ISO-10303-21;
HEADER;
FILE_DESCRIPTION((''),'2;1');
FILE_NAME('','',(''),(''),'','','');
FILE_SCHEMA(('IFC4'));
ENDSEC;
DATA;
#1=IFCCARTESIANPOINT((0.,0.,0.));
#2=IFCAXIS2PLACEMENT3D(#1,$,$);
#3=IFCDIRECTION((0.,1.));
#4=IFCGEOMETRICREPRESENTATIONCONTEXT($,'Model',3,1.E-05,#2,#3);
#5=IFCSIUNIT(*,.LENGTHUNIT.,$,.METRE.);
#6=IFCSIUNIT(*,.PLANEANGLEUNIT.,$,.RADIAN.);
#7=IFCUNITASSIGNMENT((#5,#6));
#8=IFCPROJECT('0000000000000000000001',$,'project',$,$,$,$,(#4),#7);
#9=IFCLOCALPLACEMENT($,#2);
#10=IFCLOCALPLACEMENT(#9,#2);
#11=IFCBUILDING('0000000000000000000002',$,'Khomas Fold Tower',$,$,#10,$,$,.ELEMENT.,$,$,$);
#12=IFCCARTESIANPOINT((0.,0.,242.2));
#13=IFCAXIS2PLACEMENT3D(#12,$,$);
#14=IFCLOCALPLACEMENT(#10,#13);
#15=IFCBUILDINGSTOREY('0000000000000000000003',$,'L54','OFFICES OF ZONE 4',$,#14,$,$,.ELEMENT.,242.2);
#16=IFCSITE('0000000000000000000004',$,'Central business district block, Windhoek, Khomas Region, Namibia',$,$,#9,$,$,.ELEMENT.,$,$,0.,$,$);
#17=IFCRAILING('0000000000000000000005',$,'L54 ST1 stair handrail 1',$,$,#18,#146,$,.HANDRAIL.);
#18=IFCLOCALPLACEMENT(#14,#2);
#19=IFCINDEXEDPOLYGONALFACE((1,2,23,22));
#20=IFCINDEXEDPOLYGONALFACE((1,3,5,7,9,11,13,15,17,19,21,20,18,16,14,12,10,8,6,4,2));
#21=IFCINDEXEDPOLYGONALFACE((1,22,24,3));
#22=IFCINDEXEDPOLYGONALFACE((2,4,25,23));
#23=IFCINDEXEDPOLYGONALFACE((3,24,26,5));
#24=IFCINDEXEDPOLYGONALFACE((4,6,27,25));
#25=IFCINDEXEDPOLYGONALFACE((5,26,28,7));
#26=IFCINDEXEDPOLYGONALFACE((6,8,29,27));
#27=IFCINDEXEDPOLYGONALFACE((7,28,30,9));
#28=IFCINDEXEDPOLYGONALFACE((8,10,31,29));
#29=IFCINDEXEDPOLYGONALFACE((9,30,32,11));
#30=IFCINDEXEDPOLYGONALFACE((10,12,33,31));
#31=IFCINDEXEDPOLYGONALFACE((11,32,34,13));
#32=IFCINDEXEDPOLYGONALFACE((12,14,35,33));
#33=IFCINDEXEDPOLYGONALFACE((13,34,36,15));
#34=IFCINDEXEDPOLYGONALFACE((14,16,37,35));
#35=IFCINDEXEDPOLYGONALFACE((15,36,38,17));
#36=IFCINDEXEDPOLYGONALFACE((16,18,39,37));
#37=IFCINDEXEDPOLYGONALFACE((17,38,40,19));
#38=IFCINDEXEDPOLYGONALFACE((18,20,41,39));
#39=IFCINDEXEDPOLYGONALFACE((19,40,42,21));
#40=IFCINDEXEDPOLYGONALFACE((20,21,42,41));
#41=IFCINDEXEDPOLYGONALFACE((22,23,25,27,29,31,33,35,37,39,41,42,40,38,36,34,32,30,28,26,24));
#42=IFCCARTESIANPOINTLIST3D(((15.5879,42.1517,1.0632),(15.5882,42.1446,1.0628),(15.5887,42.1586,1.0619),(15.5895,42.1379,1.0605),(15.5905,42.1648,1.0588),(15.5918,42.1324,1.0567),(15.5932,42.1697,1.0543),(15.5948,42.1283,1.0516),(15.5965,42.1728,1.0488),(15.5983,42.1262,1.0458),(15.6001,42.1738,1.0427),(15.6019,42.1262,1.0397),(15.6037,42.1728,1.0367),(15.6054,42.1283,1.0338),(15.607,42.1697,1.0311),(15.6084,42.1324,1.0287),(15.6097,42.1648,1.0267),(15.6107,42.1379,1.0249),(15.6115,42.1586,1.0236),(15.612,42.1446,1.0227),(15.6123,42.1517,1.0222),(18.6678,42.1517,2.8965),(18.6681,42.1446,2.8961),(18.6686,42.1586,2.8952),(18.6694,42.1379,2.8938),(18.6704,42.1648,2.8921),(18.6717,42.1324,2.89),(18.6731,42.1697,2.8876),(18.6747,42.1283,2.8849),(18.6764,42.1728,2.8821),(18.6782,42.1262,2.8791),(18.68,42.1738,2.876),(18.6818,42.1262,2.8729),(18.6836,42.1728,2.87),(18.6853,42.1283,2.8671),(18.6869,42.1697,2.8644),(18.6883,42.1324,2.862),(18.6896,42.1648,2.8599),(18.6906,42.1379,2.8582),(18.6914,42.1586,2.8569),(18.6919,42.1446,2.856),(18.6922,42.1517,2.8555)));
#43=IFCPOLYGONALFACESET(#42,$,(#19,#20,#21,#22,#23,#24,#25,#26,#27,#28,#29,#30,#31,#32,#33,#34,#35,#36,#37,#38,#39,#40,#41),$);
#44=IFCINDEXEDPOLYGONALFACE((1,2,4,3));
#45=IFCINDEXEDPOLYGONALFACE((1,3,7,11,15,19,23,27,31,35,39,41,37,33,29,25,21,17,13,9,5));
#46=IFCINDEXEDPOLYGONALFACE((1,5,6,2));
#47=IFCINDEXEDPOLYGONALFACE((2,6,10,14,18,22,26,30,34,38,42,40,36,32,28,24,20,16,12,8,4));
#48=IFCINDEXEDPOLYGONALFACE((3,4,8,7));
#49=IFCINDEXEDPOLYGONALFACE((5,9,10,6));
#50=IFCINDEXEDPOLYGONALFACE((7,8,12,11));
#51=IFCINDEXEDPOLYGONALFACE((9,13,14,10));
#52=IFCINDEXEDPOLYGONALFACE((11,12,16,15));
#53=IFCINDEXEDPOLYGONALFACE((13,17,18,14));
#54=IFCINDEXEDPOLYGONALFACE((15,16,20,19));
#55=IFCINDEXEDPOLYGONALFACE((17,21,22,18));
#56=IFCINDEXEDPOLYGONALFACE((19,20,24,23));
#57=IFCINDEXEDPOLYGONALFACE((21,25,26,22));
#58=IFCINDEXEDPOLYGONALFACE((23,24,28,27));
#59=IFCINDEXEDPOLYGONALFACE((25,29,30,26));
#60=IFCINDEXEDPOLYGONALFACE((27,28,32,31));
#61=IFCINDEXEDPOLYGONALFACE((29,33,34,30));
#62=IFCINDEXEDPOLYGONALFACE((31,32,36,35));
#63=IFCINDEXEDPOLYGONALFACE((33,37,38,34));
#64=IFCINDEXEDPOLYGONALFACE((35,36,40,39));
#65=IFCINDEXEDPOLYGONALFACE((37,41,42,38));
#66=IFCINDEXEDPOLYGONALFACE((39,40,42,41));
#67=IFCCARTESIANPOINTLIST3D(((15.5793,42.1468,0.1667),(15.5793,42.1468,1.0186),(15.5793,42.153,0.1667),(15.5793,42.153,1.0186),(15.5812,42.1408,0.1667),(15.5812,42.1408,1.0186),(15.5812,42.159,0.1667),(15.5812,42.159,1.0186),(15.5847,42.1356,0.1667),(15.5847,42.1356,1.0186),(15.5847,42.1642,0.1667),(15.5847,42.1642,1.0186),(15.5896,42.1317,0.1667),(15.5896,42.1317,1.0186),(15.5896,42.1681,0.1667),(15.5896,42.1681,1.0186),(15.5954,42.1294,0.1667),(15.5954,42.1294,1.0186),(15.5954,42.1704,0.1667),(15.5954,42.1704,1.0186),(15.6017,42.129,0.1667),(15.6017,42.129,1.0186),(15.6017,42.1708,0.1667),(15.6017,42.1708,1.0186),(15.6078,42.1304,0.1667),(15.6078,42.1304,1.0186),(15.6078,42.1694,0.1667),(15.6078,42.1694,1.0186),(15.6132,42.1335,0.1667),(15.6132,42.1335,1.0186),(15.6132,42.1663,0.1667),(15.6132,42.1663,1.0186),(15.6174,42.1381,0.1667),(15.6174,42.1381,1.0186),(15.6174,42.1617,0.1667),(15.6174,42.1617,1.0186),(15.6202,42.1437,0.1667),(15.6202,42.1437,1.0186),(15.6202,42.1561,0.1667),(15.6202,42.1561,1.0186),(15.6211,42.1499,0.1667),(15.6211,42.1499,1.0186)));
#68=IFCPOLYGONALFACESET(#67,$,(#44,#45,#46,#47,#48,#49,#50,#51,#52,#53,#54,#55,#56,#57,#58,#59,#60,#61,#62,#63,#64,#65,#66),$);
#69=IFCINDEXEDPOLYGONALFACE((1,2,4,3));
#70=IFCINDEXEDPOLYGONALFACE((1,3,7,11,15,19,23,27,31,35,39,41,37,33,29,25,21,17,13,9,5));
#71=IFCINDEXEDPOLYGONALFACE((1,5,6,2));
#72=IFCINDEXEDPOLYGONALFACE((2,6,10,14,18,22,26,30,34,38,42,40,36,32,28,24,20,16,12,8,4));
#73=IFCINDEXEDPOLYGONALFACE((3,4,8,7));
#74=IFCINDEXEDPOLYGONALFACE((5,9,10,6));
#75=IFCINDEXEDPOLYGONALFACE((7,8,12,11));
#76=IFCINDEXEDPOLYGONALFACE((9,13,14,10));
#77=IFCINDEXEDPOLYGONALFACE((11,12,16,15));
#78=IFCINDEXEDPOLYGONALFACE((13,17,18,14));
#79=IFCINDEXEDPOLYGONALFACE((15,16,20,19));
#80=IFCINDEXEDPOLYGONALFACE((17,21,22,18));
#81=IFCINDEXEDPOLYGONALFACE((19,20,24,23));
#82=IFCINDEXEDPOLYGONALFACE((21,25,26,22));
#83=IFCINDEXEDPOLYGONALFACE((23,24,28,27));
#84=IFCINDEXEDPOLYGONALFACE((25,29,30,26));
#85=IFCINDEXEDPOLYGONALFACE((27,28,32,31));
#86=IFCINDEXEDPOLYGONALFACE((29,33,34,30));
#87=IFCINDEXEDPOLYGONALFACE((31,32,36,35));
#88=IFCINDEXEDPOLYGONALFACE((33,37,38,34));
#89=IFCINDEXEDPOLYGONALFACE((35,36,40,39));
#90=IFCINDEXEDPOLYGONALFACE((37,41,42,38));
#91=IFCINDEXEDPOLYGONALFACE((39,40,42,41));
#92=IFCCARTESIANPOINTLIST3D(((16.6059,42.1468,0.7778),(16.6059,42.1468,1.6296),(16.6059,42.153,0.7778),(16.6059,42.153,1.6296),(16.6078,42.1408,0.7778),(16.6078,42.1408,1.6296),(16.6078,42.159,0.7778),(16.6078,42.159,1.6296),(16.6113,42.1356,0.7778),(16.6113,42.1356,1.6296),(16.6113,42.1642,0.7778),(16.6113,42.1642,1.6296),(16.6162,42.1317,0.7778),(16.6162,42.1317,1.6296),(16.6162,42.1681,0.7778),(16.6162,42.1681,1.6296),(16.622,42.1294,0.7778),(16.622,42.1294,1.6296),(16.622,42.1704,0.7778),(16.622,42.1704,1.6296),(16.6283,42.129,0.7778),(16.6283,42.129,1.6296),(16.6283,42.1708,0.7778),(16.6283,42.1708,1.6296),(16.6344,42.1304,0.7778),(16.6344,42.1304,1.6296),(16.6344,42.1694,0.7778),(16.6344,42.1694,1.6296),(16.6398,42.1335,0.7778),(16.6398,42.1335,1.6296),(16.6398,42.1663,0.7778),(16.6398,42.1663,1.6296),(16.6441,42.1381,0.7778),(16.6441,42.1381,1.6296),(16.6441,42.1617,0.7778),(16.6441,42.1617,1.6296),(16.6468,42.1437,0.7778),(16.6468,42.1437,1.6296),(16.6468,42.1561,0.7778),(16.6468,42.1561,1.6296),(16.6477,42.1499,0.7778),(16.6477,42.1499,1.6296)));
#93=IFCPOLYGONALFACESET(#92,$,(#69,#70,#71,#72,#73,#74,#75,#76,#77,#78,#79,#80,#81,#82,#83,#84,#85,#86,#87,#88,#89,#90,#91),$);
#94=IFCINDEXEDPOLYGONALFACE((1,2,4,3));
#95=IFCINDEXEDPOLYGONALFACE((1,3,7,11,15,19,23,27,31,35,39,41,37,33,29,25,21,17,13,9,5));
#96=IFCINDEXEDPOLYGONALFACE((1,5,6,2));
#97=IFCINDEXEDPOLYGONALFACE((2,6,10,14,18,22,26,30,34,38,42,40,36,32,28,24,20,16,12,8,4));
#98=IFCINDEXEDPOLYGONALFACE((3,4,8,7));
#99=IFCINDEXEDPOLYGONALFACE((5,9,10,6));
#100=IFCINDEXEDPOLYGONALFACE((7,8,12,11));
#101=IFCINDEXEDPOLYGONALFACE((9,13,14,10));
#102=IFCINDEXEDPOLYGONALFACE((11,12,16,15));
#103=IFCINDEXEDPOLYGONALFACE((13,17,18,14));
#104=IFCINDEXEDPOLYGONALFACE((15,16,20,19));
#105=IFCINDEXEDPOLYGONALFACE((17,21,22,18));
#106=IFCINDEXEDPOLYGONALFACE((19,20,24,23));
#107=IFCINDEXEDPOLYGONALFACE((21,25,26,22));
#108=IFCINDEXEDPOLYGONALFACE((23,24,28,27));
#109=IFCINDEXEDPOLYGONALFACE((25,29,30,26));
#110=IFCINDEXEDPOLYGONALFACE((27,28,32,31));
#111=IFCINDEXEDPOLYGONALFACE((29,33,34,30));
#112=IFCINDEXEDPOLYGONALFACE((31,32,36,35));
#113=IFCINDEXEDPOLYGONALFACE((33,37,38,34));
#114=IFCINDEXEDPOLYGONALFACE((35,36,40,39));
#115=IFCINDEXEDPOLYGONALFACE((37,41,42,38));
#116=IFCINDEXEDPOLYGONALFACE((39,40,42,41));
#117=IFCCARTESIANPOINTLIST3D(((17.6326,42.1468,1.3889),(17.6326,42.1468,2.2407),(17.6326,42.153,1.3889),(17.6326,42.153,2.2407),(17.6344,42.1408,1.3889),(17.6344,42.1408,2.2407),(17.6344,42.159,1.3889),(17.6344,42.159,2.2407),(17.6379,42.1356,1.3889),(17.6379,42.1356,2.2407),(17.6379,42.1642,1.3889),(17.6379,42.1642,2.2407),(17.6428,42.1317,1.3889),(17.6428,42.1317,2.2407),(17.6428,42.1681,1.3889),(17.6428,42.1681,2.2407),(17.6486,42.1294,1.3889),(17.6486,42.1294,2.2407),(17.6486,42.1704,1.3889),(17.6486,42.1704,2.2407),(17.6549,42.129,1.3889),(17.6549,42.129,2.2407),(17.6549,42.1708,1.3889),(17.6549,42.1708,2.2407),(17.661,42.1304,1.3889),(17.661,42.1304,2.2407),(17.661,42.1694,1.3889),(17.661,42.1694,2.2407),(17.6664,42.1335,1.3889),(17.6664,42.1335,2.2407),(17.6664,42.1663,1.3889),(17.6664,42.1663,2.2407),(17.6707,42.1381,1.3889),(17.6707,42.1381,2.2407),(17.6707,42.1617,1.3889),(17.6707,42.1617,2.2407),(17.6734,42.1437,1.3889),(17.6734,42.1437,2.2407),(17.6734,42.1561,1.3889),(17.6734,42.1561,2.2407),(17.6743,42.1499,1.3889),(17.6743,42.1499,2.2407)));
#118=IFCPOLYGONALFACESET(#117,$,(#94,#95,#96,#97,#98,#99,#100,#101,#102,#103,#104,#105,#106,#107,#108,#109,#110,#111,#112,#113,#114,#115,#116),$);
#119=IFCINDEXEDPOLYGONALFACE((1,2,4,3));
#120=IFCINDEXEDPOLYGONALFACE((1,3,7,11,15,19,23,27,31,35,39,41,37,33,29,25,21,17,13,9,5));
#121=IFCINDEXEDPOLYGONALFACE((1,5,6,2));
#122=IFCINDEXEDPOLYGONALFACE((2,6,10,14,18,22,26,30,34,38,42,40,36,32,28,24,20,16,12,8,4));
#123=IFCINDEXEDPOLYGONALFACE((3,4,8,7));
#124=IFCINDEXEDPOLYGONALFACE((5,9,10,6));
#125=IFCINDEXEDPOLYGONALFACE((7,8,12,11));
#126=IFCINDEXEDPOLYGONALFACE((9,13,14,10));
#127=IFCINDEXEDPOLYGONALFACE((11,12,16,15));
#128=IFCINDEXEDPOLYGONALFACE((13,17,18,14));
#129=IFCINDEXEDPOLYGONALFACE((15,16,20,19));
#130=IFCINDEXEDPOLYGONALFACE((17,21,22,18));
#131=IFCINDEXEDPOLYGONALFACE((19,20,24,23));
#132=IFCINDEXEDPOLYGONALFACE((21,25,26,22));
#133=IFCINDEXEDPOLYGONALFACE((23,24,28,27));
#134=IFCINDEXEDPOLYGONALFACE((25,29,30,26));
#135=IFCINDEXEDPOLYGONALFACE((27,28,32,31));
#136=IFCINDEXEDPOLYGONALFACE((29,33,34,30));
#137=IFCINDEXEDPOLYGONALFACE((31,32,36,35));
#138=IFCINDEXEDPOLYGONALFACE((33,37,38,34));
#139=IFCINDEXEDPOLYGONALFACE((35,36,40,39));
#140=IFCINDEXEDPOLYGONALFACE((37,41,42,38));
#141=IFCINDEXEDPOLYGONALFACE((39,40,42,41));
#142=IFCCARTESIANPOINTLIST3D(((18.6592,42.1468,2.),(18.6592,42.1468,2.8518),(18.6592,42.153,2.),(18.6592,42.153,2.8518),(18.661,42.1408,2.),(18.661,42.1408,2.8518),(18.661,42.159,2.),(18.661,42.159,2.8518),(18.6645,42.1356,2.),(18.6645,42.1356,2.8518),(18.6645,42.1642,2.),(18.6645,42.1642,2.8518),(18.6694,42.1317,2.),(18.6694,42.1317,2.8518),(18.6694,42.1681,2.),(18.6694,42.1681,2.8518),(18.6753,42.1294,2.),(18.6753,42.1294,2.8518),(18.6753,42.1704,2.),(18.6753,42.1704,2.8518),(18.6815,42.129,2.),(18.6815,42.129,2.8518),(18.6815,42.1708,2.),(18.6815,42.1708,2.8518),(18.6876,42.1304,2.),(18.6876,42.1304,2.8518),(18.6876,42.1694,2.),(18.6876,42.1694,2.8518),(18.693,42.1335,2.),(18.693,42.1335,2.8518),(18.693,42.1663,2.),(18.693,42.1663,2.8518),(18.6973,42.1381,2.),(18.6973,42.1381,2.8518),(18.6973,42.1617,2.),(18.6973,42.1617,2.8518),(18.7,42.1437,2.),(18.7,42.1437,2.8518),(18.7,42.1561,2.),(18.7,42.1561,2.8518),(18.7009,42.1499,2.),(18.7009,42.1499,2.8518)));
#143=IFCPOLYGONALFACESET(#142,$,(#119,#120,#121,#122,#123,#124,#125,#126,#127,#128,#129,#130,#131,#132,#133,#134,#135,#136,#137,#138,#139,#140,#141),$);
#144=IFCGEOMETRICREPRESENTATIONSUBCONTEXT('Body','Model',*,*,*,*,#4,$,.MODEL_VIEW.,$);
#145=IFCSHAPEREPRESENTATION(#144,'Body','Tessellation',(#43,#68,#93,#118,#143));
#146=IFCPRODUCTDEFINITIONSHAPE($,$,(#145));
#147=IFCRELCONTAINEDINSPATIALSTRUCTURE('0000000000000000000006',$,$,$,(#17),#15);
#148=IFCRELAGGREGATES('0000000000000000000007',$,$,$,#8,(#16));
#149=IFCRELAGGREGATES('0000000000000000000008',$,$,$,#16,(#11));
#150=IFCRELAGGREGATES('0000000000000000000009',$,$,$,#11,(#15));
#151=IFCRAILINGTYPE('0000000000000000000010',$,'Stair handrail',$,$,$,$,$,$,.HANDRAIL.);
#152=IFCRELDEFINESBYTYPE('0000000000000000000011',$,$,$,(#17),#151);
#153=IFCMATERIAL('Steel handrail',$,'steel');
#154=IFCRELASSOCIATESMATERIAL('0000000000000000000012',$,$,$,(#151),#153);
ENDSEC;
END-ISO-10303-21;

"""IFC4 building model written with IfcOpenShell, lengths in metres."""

from ifc_helpers import new_model, si_unit, direction, frame, origin, origin_2d, place, context, subcontext, project, spatial, circle, extrude, source, transform, mapped, material, type_object, element, save


model = new_model("IFC4")

# Units and contexts
model_context = context("Model", 3, precision=1e-05, world=origin(), true_north=direction((0.0, 1.0)))
body_context = subcontext(model_context, "Body", "Model", "MODEL_VIEW")
ifc_project = project(units=[si_unit("LENGTHUNIT", "METRE"), si_unit("PLANEANGLEUNIT", "RADIAN")], contexts=[model_context])

# Site, building, storey
site_placement = place(None, origin())
site = spatial("IfcSite", under=ifc_project, at=site_placement, Name="Central business district block, Windhoek, Khomas Region, Namibia", CompositionType="ELEMENT", RefElevation=0.0)
building_placement = place(site_placement, origin())
building = spatial("IfcBuilding", under=site, at=building_placement, Name="Khomas Fold Tower", CompositionType="ELEMENT")
storey_placement = place(building_placement, frame((0.0, 0.0, 242.2)))
storey = spatial("IfcBuildingStorey", under=building, at=storey_placement, Name="L54", Description="OFFICES OF ZONE 4", CompositionType="ELEMENT", Elevation=242.2)

# Railing
ifc_material_1 = material(Name="Steel handrail", Category="steel")
railing_type_1 = type_object("IfcRailingType", Name="Stair handrail", PredefinedType="HANDRAIL", material=ifc_material_1)
shared_shape_1 = source(origin(), body_context, "Body", "SweptSolid", [
    extrude(circle(Radius=0.0239, at=origin_2d()), frame((0.0, 0.0, 0.876), z_axis=(0.859291, 0.0, 0.511487), x_axis=(0.0, 1.0, 0.0)), (0.0, 0.0, 1.0), 3.5842),
    extrude(circle(Radius=0.021, at=origin_2d()), origin(), (0.0, 0.0, 1.0), 0.8518),
    extrude(circle(Radius=0.021, at=origin_2d()), frame((1.0266, 0.0, 0.6111)), (0.0, 0.0, 1.0), 0.8518),
    extrude(circle(Radius=0.021, at=origin_2d()), frame((2.0532, 0.0, 1.2222)), (0.0, 0.0, 1.0), 0.8518),
    extrude(circle(Radius=0.021, at=origin_2d()), frame((3.0798, 0.0, 1.8333)), (0.0, 0.0, 1.0), 0.8518),
])
railing_1_placement = place(storey_placement, frame((15.6001, 42.1499, 0.1667)))
element("IfcRailing", 1, at=railing_1_placement, inside=storey, type_object=railing_type_1, Name="L54 ST1 stair handrail 1", PredefinedType="HANDRAIL", context=body_context, shape_type="MappedRepresentation", body=[
    mapped(shared_shape_1, transform((0.0, 0.0, 0.0))),
])

save(model, "model.ifc")
